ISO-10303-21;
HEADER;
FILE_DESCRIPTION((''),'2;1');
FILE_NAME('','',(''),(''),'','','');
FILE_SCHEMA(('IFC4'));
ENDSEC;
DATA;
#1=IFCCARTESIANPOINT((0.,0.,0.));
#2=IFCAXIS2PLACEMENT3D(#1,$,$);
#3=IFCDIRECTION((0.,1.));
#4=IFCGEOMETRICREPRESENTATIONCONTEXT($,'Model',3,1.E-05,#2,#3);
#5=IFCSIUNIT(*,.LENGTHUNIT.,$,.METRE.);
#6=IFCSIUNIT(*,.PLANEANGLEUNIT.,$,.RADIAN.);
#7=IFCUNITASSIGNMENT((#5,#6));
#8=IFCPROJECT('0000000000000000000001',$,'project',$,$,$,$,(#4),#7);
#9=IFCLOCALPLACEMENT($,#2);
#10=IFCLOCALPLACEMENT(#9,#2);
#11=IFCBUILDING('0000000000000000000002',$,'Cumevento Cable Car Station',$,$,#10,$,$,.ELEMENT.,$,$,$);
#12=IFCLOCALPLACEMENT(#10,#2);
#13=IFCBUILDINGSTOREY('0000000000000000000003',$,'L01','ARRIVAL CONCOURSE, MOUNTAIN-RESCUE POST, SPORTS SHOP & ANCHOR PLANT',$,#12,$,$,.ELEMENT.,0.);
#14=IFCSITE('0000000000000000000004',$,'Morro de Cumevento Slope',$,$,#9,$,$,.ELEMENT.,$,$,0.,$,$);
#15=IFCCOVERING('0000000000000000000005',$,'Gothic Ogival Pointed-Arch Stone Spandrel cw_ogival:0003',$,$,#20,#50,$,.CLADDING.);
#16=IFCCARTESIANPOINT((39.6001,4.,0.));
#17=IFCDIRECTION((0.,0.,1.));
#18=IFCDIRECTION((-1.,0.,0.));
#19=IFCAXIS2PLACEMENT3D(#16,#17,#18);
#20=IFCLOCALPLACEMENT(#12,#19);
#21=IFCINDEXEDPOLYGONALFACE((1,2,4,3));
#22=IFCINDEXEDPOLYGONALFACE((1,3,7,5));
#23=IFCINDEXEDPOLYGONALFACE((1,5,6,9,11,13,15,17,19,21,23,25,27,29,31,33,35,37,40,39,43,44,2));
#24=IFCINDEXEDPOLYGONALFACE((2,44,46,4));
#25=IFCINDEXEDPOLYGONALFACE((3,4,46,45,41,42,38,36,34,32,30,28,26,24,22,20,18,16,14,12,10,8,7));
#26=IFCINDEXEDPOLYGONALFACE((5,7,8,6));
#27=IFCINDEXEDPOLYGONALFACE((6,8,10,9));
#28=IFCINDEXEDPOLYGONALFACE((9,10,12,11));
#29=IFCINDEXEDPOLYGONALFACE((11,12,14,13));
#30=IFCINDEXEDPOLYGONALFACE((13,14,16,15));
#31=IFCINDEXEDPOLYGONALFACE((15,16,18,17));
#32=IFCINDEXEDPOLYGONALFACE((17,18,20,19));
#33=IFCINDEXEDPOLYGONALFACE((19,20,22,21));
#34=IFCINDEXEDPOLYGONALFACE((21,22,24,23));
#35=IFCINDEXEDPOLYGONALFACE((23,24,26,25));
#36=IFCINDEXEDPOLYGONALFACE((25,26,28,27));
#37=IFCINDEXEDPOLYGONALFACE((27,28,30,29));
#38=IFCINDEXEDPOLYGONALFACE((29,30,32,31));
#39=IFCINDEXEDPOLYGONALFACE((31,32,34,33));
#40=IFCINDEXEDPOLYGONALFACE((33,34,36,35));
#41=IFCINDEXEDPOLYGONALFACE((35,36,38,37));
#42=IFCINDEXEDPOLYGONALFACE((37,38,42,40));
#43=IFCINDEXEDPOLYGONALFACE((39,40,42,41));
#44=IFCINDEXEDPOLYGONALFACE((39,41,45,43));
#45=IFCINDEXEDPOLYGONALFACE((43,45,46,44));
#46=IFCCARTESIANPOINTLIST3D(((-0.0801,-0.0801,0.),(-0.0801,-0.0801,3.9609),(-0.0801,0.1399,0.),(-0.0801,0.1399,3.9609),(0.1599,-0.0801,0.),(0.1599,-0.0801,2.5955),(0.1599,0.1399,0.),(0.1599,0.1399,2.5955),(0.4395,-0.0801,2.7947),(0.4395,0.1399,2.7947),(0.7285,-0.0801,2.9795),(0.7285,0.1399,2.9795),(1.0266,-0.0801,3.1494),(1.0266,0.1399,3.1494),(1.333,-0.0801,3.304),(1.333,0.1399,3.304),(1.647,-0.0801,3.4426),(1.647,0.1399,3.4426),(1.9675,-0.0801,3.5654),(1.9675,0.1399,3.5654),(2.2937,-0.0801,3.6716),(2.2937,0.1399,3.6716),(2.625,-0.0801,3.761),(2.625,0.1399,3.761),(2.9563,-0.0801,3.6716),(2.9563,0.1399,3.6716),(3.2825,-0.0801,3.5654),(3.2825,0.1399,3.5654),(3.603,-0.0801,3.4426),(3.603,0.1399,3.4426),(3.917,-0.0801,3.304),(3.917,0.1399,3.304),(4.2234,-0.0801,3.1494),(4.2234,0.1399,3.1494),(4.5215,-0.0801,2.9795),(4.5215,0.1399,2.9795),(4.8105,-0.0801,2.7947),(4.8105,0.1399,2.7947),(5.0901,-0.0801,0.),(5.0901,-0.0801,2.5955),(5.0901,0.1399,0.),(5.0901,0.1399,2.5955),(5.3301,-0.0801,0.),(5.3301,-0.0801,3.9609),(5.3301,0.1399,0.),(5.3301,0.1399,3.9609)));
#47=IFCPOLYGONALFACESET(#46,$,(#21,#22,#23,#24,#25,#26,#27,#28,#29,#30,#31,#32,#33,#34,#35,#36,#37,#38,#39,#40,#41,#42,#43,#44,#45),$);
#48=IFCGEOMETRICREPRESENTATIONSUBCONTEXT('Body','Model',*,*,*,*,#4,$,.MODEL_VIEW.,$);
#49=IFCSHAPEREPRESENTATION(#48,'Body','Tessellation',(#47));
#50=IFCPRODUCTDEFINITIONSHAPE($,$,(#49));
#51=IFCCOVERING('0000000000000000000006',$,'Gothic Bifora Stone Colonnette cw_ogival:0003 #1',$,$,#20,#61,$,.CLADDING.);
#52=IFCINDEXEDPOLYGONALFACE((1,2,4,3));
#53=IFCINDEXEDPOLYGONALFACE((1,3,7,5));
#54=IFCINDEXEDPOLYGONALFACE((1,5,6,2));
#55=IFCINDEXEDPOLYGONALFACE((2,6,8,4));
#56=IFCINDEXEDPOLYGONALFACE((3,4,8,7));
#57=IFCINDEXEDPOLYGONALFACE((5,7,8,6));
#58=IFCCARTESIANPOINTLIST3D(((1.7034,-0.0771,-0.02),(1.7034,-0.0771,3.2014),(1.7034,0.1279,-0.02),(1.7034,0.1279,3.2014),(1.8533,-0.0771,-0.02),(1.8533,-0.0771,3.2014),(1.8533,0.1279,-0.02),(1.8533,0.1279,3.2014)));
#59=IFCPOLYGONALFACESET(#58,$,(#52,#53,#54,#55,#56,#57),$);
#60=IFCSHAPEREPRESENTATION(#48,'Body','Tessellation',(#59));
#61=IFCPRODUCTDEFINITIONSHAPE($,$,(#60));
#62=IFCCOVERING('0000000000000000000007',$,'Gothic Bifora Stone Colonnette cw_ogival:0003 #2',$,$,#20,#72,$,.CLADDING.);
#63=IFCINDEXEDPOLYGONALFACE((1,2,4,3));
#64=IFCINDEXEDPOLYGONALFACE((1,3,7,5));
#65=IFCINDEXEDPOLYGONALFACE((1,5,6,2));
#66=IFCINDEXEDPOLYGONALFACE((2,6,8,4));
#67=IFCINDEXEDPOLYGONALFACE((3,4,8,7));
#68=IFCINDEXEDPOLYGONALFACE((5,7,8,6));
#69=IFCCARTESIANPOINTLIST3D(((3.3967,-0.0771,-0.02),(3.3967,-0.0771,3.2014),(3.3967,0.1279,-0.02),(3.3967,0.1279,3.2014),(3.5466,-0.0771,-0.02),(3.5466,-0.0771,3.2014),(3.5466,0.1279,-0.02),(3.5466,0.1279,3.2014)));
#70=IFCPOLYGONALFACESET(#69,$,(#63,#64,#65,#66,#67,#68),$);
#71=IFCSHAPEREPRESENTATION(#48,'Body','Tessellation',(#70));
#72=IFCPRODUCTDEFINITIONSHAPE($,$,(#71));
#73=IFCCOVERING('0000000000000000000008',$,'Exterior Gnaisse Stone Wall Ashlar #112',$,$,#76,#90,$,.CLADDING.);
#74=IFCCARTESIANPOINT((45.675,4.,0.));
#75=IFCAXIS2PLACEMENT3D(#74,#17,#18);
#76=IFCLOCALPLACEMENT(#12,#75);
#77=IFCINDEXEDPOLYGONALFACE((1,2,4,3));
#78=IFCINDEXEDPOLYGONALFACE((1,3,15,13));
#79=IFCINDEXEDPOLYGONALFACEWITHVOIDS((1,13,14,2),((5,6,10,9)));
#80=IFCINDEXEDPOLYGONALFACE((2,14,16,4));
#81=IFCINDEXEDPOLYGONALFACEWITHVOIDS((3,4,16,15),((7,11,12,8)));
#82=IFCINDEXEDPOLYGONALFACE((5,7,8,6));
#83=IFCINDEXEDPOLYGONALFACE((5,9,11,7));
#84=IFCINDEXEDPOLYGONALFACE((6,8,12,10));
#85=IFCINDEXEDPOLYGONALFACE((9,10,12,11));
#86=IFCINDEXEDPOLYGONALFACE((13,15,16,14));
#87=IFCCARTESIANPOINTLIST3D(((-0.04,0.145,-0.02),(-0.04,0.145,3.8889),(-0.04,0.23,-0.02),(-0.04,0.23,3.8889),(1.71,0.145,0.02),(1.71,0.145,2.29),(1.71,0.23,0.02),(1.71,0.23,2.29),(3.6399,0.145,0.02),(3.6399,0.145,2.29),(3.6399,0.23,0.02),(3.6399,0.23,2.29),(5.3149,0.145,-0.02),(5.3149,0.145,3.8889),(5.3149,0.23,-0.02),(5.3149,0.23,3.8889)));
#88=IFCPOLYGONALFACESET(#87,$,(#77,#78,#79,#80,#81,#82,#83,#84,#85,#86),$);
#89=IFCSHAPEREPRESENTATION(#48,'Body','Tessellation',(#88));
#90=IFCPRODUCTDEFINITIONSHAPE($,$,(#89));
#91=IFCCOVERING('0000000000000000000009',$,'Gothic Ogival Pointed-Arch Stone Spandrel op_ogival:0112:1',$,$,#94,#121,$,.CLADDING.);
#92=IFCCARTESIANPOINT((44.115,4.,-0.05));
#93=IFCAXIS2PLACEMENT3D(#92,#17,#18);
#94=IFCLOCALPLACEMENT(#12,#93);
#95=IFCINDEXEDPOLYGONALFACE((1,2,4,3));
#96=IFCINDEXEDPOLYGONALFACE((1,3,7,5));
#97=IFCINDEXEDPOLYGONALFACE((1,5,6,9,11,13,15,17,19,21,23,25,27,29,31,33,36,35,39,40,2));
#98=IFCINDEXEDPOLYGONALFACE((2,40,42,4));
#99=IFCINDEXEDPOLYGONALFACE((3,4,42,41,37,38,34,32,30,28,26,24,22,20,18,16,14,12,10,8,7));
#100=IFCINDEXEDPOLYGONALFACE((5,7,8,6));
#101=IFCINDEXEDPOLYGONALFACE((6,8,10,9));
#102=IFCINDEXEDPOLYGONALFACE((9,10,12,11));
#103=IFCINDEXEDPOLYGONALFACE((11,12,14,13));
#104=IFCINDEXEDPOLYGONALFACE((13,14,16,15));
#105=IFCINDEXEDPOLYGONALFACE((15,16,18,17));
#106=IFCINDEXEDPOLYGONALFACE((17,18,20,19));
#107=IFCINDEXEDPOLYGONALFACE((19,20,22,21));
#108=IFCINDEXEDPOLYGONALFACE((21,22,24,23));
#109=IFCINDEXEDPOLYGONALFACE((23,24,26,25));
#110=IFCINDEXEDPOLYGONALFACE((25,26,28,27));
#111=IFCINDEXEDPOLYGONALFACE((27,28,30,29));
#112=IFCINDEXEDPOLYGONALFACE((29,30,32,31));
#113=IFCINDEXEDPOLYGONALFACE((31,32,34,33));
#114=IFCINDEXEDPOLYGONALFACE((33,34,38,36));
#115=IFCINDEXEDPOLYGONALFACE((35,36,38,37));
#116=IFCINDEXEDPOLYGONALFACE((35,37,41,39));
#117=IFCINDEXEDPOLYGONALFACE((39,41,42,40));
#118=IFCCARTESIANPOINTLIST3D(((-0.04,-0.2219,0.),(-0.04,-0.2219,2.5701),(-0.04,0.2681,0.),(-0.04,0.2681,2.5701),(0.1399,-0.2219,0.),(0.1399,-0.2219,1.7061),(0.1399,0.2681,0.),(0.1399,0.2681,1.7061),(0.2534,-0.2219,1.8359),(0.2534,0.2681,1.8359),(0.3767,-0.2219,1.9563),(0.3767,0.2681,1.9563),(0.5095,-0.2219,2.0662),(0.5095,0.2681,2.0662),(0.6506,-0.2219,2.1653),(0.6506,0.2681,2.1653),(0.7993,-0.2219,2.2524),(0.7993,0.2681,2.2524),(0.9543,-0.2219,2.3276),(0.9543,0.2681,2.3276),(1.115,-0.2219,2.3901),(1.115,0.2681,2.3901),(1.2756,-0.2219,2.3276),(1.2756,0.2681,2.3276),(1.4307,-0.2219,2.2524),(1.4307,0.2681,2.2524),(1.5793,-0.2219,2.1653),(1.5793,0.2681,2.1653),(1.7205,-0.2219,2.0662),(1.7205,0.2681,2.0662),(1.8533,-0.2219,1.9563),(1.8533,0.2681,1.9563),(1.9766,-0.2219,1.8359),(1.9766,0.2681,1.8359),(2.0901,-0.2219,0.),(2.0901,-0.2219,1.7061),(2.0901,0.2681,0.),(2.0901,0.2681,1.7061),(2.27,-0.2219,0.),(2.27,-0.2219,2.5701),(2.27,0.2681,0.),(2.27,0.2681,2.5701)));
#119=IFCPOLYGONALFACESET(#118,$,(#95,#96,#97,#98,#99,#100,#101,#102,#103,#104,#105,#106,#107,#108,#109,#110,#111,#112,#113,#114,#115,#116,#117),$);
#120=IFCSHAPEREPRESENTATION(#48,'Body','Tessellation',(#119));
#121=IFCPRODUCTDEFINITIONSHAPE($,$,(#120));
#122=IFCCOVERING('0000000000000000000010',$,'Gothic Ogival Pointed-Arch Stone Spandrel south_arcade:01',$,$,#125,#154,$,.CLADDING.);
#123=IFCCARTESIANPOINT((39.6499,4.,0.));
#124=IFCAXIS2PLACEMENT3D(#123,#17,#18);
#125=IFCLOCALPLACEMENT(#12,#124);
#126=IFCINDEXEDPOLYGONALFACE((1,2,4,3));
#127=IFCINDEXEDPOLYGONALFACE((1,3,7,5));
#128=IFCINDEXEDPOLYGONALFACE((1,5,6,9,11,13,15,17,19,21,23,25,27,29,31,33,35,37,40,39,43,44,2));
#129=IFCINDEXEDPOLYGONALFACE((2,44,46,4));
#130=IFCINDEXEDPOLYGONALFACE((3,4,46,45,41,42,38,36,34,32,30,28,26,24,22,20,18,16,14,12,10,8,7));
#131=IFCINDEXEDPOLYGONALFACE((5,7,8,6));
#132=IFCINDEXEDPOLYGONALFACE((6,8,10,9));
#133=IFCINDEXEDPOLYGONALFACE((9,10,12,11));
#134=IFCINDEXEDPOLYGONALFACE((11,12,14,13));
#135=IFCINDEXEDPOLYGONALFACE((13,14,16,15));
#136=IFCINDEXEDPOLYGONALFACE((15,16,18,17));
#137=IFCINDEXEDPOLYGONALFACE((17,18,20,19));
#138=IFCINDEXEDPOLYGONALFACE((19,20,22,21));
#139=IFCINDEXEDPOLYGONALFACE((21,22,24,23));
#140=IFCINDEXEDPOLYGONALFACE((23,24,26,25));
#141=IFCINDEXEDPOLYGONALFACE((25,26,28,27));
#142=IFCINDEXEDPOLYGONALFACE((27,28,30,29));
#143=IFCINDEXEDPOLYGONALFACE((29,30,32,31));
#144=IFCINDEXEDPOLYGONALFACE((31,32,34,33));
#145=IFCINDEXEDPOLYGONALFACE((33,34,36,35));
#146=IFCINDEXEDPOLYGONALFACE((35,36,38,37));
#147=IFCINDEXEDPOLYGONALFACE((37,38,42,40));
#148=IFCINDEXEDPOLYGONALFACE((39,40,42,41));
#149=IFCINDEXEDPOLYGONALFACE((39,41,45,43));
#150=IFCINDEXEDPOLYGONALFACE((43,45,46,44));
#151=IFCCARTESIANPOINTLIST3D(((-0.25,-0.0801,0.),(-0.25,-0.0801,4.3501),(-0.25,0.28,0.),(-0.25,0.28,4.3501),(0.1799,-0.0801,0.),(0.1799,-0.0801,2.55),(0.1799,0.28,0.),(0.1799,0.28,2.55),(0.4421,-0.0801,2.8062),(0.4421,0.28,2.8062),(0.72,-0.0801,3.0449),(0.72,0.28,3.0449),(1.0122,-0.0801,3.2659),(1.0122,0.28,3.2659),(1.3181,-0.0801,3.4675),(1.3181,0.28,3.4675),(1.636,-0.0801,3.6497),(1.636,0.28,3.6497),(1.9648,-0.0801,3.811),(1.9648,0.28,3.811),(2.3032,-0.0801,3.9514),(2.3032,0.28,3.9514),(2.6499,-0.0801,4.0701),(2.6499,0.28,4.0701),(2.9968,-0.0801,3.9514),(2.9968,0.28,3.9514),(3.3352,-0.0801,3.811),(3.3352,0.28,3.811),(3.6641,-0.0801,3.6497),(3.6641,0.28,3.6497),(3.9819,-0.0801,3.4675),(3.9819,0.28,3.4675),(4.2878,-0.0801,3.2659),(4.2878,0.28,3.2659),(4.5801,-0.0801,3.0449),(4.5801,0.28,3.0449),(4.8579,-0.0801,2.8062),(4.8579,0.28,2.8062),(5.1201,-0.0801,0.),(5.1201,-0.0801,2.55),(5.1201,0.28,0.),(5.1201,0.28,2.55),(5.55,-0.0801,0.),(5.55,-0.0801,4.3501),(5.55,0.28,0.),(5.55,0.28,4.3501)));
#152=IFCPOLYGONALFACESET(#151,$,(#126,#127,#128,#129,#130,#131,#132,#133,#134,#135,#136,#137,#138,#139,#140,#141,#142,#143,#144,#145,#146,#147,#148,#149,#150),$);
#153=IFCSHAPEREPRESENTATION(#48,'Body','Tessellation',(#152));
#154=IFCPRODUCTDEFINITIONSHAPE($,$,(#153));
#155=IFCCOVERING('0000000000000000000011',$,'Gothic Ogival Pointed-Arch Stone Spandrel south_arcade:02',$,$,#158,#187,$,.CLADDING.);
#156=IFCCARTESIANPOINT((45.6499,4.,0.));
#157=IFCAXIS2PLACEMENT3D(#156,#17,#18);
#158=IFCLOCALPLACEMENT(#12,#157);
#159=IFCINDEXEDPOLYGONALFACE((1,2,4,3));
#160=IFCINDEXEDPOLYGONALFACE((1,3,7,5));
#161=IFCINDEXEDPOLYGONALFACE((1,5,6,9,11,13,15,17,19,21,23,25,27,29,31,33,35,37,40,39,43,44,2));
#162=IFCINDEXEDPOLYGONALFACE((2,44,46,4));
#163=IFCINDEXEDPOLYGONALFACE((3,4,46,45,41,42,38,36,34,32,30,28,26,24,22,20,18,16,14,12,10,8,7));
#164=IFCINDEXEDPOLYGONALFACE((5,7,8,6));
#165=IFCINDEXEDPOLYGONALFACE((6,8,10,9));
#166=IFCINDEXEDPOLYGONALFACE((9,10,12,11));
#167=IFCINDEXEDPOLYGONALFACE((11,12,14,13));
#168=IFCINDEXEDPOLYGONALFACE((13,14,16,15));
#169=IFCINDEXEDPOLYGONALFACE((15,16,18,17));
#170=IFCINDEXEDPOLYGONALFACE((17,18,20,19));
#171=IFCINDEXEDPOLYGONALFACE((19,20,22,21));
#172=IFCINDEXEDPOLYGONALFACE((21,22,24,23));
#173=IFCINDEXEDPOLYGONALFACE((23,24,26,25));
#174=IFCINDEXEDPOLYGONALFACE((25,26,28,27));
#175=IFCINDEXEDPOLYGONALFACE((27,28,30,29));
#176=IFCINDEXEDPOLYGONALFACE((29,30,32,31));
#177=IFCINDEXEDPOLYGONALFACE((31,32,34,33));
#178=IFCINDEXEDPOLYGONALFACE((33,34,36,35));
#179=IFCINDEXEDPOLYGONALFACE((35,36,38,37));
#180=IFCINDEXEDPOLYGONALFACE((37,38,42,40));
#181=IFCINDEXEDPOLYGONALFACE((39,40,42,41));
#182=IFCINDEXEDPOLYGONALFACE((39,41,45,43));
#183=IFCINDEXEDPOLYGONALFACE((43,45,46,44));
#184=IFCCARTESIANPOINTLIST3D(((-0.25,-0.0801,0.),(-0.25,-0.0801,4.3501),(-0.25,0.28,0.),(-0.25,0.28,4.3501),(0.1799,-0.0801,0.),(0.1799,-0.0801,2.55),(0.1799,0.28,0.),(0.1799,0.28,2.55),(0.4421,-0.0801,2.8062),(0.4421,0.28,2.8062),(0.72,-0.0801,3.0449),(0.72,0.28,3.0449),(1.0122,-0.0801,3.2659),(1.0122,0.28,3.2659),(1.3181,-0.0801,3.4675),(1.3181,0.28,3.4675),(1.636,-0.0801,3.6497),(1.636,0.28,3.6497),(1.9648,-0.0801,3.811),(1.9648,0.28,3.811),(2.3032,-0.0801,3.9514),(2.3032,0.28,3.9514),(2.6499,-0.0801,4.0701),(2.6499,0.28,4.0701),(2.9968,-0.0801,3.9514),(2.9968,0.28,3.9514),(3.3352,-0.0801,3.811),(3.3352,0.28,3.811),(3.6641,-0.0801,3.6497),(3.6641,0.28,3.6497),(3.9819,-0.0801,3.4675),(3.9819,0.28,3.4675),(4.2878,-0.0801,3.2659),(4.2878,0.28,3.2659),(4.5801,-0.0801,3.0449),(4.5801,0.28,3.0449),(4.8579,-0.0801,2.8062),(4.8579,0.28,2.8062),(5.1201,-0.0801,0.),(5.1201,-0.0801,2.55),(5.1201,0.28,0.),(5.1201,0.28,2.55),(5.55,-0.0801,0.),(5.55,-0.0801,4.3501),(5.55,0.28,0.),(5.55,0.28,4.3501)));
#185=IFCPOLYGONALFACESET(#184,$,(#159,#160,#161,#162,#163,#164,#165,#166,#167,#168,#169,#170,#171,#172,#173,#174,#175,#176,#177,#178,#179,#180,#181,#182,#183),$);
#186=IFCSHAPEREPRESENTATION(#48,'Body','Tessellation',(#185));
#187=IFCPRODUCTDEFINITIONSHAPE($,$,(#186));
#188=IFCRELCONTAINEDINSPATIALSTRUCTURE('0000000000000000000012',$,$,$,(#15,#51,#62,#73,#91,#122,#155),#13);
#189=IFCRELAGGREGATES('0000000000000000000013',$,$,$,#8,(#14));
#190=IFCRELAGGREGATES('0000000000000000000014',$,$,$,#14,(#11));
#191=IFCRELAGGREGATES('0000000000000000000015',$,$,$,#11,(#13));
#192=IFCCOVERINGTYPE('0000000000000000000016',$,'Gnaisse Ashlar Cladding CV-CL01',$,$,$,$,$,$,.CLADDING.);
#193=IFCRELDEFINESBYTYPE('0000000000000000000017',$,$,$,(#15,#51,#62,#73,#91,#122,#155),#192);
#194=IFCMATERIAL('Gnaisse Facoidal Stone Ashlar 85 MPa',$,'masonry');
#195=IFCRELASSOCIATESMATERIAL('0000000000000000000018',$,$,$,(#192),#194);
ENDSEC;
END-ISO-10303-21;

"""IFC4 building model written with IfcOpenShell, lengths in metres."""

from ifc_helpers import new_model, si_unit, direction, frame, origin, place, context, subcontext, project, spatial, polyline, outline, extrude, material, type_object, element, save


model = new_model("IFC4")

# Units and contexts
model_context = context("Model", 3, precision=1e-05, world=origin(), true_north=direction((0.0, 1.0)))
body_context = subcontext(model_context, "Body", "Model", "MODEL_VIEW")
ifc_project = project(units=[si_unit("LENGTHUNIT", "METRE"), si_unit("PLANEANGLEUNIT", "RADIAN")], contexts=[model_context])

# Site, building, storey
site_placement = place(None, origin())
site = spatial("IfcSite", under=ifc_project, at=site_placement, Name="Morro de Cumevento Slope", CompositionType="ELEMENT", RefElevation=0.0)
building_placement = place(site_placement, origin())
building = spatial("IfcBuilding", under=site, at=building_placement, Name="Cumevento Cable Car Station", CompositionType="ELEMENT")
storey_placement = place(building_placement, origin())
storey = spatial("IfcBuildingStorey", under=building, at=storey_placement, Name="L01", Description="ARRIVAL CONCOURSE, MOUNTAIN-RESCUE POST, SPORTS SHOP & ANCHOR PLANT", CompositionType="ELEMENT", Elevation=0.0)

# Coverings
ifc_material_1 = material(Name="Gnaisse Facoidal Stone Ashlar 85 MPa", Category="masonry")
covering_type = type_object("IfcCoveringType", Name="Gnaisse Ashlar Cladding CV-CL01", PredefinedType="CLADDING", material=ifc_material_1)
placement = place(storey_placement, frame((39.6001, 4.0, 0.0), z_axis=(0.0, 0.0, 1.0), x_axis=(-1.0, 0.0, 0.0)))
element("IfcCovering", 1, at=placement, inside=storey, type_object=covering_type, Name="Gothic Ogival Pointed-Arch Stone Spandrel cw_ogival:0003", PredefinedType="CLADDING", context=body_context, shape_type="SweptSolid", body=[
    extrude(outline(polyline([(-0.0801, 0.0), (-0.0801, 3.9609), (5.3301, 3.9609), (5.3301, 0.0), (5.0901, 0.0), (5.0901, 2.5955), (4.8105, 2.7947), (4.5215, 2.9795), (4.2234, 3.1494), (3.917, 3.304), (3.603, 3.4426), (3.2825, 3.5654), (2.9563, 3.6716), (2.625, 3.761), (2.2937, 3.6716), (1.9675, 3.5654), (1.647, 3.4426), (1.333, 3.304), (1.0266, 3.1494), (0.7285, 2.9795), (0.4395, 2.7947), (0.1599, 2.5955), (0.1599, 0.0), (-0.0801, 0.0)])), frame((0.0, 0.1399, 0.0), z_axis=(0.0, -1.0, 0.0), x_axis=(1.0, 0.0, 0.0)), (0.0, 0.0, 1.0), 0.22),
])
element("IfcCovering", 2, at=placement, inside=storey, type_object=covering_type, Name="Gothic Bifora Stone Colonnette cw_ogival:0003 #1", PredefinedType="CLADDING", context=body_context, shape_type="SweptSolid", body=[
    extrude(outline(polyline([(1.7034, -0.02), (1.8533, -0.02), (1.8533, 3.2014), (1.7034, 3.2014), (1.7034, -0.02)])), frame((0.0, 0.1279, 0.0), z_axis=(0.0, -1.0, 0.0), x_axis=(1.0, 0.0, 0.0)), (0.0, 0.0, 1.0), 0.2051),
])
element("IfcCovering", 3, at=placement, inside=storey, type_object=covering_type, Name="Gothic Bifora Stone Colonnette cw_ogival:0003 #2", PredefinedType="CLADDING", context=body_context, shape_type="SweptSolid", body=[
    extrude(outline(polyline([(3.3967, -0.02), (3.5466, -0.02), (3.5466, 3.2014), (3.3967, 3.2014), (3.3967, -0.02)])), frame((0.0, 0.1279, 0.0), z_axis=(0.0, -1.0, 0.0), x_axis=(1.0, 0.0, 0.0)), (0.0, 0.0, 1.0), 0.2051),
])
covering_1_placement = place(storey_placement, frame((45.675, 4.0, 0.0), z_axis=(0.0, 0.0, 1.0), x_axis=(-1.0, 0.0, 0.0)))
element("IfcCovering", 4, at=covering_1_placement, inside=storey, type_object=covering_type, Name="Exterior Gnaisse Stone Wall Ashlar #112", PredefinedType="CLADDING", context=body_context, shape_type="SweptSolid", body=[
    extrude(outline(polyline([(-0.04, -0.02), (5.3149, -0.02), (5.3149, 3.8889), (-0.04, 3.8889), (-0.04, -0.02)]), holes=[polyline([(1.71, 0.02), (3.6399, 0.02), (3.6399, 2.29), (1.71, 2.29), (1.71, 0.02)])]), frame((0.0, 0.23, 0.0), z_axis=(0.0, -1.0, 0.0), x_axis=(1.0, 0.0, 0.0)), (0.0, 0.0, 1.0), 0.085),
])
covering_2_placement = place(storey_placement, frame((44.115, 4.0, -0.05), z_axis=(0.0, 0.0, 1.0), x_axis=(-1.0, 0.0, 0.0)))
element("IfcCovering", 5, at=covering_2_placement, inside=storey, type_object=covering_type, Name="Gothic Ogival Pointed-Arch Stone Spandrel op_ogival:0112:1", PredefinedType="CLADDING", context=body_context, shape_type="SweptSolid", body=[
    extrude(outline(polyline([(-0.04, 0.0), (-0.04, 2.5701), (2.27, 2.5701), (2.27, 0.0), (2.0901, 0.0), (2.0901, 1.7061), (1.9766, 1.8359), (1.8533, 1.9563), (1.7205, 2.0662), (1.5793, 2.1653), (1.4307, 2.2524), (1.2756, 2.3276), (1.115, 2.3901), (0.9543, 2.3276), (0.7993, 2.2524), (0.6506, 2.1653), (0.5095, 2.0662), (0.3767, 1.9563), (0.2534, 1.8359), (0.1399, 1.7061), (0.1399, 0.0), (-0.04, 0.0)])), frame((0.0, 0.2681, 0.0), z_axis=(0.0, -1.0, 0.0), x_axis=(1.0, 0.0, 0.0)), (0.0, 0.0, 1.0), 0.49),
])
for number, where, z_axis, x_axis, name in (
    (6, (39.6499, 4.0, 0.0), (0.0, 0.0, 1.0), (-1.0, 0.0, 0.0), "Gothic Ogival Pointed-Arch Stone Spandrel south_arcade:01"),
    (7, (45.6499, 4.0, 0.0), (0.0, 0.0, 1.0), (-1.0, 0.0, 0.0), "Gothic Ogival Pointed-Arch Stone Spandrel south_arcade:02"),
):
    element("IfcCovering", number, at=place(storey_placement, frame(where, z_axis=z_axis, x_axis=x_axis)), inside=storey, type_object=covering_type, Name=name, PredefinedType="CLADDING", context=body_context, shape_type="SweptSolid", body=[
        extrude(outline(polyline([(-0.25, 0.0), (-0.25, 4.3501), (5.55, 4.3501), (5.55, 0.0), (5.1201, 0.0), (5.1201, 2.55), (4.8579, 2.8062), (4.5801, 3.0449), (4.2878, 3.2659), (3.9819, 3.4675), (3.6641, 3.6497), (3.3352, 3.811), (2.9968, 3.9514), (2.6499, 4.0701), (2.3032, 3.9514), (1.9648, 3.811), (1.636, 3.6497), (1.3181, 3.4675), (1.0122, 3.2659), (0.72, 3.0449), (0.4421, 2.8062), (0.1799, 2.55), (0.1799, 0.0), (-0.25, 0.0)])), frame((0.0, 0.28, 0.0), z_axis=(0.0, -1.0, 0.0), x_axis=(1.0, 0.0, 0.0)), (0.0, 0.0, 1.0), 0.3601),
    ])

save(model, "model.ifc")
